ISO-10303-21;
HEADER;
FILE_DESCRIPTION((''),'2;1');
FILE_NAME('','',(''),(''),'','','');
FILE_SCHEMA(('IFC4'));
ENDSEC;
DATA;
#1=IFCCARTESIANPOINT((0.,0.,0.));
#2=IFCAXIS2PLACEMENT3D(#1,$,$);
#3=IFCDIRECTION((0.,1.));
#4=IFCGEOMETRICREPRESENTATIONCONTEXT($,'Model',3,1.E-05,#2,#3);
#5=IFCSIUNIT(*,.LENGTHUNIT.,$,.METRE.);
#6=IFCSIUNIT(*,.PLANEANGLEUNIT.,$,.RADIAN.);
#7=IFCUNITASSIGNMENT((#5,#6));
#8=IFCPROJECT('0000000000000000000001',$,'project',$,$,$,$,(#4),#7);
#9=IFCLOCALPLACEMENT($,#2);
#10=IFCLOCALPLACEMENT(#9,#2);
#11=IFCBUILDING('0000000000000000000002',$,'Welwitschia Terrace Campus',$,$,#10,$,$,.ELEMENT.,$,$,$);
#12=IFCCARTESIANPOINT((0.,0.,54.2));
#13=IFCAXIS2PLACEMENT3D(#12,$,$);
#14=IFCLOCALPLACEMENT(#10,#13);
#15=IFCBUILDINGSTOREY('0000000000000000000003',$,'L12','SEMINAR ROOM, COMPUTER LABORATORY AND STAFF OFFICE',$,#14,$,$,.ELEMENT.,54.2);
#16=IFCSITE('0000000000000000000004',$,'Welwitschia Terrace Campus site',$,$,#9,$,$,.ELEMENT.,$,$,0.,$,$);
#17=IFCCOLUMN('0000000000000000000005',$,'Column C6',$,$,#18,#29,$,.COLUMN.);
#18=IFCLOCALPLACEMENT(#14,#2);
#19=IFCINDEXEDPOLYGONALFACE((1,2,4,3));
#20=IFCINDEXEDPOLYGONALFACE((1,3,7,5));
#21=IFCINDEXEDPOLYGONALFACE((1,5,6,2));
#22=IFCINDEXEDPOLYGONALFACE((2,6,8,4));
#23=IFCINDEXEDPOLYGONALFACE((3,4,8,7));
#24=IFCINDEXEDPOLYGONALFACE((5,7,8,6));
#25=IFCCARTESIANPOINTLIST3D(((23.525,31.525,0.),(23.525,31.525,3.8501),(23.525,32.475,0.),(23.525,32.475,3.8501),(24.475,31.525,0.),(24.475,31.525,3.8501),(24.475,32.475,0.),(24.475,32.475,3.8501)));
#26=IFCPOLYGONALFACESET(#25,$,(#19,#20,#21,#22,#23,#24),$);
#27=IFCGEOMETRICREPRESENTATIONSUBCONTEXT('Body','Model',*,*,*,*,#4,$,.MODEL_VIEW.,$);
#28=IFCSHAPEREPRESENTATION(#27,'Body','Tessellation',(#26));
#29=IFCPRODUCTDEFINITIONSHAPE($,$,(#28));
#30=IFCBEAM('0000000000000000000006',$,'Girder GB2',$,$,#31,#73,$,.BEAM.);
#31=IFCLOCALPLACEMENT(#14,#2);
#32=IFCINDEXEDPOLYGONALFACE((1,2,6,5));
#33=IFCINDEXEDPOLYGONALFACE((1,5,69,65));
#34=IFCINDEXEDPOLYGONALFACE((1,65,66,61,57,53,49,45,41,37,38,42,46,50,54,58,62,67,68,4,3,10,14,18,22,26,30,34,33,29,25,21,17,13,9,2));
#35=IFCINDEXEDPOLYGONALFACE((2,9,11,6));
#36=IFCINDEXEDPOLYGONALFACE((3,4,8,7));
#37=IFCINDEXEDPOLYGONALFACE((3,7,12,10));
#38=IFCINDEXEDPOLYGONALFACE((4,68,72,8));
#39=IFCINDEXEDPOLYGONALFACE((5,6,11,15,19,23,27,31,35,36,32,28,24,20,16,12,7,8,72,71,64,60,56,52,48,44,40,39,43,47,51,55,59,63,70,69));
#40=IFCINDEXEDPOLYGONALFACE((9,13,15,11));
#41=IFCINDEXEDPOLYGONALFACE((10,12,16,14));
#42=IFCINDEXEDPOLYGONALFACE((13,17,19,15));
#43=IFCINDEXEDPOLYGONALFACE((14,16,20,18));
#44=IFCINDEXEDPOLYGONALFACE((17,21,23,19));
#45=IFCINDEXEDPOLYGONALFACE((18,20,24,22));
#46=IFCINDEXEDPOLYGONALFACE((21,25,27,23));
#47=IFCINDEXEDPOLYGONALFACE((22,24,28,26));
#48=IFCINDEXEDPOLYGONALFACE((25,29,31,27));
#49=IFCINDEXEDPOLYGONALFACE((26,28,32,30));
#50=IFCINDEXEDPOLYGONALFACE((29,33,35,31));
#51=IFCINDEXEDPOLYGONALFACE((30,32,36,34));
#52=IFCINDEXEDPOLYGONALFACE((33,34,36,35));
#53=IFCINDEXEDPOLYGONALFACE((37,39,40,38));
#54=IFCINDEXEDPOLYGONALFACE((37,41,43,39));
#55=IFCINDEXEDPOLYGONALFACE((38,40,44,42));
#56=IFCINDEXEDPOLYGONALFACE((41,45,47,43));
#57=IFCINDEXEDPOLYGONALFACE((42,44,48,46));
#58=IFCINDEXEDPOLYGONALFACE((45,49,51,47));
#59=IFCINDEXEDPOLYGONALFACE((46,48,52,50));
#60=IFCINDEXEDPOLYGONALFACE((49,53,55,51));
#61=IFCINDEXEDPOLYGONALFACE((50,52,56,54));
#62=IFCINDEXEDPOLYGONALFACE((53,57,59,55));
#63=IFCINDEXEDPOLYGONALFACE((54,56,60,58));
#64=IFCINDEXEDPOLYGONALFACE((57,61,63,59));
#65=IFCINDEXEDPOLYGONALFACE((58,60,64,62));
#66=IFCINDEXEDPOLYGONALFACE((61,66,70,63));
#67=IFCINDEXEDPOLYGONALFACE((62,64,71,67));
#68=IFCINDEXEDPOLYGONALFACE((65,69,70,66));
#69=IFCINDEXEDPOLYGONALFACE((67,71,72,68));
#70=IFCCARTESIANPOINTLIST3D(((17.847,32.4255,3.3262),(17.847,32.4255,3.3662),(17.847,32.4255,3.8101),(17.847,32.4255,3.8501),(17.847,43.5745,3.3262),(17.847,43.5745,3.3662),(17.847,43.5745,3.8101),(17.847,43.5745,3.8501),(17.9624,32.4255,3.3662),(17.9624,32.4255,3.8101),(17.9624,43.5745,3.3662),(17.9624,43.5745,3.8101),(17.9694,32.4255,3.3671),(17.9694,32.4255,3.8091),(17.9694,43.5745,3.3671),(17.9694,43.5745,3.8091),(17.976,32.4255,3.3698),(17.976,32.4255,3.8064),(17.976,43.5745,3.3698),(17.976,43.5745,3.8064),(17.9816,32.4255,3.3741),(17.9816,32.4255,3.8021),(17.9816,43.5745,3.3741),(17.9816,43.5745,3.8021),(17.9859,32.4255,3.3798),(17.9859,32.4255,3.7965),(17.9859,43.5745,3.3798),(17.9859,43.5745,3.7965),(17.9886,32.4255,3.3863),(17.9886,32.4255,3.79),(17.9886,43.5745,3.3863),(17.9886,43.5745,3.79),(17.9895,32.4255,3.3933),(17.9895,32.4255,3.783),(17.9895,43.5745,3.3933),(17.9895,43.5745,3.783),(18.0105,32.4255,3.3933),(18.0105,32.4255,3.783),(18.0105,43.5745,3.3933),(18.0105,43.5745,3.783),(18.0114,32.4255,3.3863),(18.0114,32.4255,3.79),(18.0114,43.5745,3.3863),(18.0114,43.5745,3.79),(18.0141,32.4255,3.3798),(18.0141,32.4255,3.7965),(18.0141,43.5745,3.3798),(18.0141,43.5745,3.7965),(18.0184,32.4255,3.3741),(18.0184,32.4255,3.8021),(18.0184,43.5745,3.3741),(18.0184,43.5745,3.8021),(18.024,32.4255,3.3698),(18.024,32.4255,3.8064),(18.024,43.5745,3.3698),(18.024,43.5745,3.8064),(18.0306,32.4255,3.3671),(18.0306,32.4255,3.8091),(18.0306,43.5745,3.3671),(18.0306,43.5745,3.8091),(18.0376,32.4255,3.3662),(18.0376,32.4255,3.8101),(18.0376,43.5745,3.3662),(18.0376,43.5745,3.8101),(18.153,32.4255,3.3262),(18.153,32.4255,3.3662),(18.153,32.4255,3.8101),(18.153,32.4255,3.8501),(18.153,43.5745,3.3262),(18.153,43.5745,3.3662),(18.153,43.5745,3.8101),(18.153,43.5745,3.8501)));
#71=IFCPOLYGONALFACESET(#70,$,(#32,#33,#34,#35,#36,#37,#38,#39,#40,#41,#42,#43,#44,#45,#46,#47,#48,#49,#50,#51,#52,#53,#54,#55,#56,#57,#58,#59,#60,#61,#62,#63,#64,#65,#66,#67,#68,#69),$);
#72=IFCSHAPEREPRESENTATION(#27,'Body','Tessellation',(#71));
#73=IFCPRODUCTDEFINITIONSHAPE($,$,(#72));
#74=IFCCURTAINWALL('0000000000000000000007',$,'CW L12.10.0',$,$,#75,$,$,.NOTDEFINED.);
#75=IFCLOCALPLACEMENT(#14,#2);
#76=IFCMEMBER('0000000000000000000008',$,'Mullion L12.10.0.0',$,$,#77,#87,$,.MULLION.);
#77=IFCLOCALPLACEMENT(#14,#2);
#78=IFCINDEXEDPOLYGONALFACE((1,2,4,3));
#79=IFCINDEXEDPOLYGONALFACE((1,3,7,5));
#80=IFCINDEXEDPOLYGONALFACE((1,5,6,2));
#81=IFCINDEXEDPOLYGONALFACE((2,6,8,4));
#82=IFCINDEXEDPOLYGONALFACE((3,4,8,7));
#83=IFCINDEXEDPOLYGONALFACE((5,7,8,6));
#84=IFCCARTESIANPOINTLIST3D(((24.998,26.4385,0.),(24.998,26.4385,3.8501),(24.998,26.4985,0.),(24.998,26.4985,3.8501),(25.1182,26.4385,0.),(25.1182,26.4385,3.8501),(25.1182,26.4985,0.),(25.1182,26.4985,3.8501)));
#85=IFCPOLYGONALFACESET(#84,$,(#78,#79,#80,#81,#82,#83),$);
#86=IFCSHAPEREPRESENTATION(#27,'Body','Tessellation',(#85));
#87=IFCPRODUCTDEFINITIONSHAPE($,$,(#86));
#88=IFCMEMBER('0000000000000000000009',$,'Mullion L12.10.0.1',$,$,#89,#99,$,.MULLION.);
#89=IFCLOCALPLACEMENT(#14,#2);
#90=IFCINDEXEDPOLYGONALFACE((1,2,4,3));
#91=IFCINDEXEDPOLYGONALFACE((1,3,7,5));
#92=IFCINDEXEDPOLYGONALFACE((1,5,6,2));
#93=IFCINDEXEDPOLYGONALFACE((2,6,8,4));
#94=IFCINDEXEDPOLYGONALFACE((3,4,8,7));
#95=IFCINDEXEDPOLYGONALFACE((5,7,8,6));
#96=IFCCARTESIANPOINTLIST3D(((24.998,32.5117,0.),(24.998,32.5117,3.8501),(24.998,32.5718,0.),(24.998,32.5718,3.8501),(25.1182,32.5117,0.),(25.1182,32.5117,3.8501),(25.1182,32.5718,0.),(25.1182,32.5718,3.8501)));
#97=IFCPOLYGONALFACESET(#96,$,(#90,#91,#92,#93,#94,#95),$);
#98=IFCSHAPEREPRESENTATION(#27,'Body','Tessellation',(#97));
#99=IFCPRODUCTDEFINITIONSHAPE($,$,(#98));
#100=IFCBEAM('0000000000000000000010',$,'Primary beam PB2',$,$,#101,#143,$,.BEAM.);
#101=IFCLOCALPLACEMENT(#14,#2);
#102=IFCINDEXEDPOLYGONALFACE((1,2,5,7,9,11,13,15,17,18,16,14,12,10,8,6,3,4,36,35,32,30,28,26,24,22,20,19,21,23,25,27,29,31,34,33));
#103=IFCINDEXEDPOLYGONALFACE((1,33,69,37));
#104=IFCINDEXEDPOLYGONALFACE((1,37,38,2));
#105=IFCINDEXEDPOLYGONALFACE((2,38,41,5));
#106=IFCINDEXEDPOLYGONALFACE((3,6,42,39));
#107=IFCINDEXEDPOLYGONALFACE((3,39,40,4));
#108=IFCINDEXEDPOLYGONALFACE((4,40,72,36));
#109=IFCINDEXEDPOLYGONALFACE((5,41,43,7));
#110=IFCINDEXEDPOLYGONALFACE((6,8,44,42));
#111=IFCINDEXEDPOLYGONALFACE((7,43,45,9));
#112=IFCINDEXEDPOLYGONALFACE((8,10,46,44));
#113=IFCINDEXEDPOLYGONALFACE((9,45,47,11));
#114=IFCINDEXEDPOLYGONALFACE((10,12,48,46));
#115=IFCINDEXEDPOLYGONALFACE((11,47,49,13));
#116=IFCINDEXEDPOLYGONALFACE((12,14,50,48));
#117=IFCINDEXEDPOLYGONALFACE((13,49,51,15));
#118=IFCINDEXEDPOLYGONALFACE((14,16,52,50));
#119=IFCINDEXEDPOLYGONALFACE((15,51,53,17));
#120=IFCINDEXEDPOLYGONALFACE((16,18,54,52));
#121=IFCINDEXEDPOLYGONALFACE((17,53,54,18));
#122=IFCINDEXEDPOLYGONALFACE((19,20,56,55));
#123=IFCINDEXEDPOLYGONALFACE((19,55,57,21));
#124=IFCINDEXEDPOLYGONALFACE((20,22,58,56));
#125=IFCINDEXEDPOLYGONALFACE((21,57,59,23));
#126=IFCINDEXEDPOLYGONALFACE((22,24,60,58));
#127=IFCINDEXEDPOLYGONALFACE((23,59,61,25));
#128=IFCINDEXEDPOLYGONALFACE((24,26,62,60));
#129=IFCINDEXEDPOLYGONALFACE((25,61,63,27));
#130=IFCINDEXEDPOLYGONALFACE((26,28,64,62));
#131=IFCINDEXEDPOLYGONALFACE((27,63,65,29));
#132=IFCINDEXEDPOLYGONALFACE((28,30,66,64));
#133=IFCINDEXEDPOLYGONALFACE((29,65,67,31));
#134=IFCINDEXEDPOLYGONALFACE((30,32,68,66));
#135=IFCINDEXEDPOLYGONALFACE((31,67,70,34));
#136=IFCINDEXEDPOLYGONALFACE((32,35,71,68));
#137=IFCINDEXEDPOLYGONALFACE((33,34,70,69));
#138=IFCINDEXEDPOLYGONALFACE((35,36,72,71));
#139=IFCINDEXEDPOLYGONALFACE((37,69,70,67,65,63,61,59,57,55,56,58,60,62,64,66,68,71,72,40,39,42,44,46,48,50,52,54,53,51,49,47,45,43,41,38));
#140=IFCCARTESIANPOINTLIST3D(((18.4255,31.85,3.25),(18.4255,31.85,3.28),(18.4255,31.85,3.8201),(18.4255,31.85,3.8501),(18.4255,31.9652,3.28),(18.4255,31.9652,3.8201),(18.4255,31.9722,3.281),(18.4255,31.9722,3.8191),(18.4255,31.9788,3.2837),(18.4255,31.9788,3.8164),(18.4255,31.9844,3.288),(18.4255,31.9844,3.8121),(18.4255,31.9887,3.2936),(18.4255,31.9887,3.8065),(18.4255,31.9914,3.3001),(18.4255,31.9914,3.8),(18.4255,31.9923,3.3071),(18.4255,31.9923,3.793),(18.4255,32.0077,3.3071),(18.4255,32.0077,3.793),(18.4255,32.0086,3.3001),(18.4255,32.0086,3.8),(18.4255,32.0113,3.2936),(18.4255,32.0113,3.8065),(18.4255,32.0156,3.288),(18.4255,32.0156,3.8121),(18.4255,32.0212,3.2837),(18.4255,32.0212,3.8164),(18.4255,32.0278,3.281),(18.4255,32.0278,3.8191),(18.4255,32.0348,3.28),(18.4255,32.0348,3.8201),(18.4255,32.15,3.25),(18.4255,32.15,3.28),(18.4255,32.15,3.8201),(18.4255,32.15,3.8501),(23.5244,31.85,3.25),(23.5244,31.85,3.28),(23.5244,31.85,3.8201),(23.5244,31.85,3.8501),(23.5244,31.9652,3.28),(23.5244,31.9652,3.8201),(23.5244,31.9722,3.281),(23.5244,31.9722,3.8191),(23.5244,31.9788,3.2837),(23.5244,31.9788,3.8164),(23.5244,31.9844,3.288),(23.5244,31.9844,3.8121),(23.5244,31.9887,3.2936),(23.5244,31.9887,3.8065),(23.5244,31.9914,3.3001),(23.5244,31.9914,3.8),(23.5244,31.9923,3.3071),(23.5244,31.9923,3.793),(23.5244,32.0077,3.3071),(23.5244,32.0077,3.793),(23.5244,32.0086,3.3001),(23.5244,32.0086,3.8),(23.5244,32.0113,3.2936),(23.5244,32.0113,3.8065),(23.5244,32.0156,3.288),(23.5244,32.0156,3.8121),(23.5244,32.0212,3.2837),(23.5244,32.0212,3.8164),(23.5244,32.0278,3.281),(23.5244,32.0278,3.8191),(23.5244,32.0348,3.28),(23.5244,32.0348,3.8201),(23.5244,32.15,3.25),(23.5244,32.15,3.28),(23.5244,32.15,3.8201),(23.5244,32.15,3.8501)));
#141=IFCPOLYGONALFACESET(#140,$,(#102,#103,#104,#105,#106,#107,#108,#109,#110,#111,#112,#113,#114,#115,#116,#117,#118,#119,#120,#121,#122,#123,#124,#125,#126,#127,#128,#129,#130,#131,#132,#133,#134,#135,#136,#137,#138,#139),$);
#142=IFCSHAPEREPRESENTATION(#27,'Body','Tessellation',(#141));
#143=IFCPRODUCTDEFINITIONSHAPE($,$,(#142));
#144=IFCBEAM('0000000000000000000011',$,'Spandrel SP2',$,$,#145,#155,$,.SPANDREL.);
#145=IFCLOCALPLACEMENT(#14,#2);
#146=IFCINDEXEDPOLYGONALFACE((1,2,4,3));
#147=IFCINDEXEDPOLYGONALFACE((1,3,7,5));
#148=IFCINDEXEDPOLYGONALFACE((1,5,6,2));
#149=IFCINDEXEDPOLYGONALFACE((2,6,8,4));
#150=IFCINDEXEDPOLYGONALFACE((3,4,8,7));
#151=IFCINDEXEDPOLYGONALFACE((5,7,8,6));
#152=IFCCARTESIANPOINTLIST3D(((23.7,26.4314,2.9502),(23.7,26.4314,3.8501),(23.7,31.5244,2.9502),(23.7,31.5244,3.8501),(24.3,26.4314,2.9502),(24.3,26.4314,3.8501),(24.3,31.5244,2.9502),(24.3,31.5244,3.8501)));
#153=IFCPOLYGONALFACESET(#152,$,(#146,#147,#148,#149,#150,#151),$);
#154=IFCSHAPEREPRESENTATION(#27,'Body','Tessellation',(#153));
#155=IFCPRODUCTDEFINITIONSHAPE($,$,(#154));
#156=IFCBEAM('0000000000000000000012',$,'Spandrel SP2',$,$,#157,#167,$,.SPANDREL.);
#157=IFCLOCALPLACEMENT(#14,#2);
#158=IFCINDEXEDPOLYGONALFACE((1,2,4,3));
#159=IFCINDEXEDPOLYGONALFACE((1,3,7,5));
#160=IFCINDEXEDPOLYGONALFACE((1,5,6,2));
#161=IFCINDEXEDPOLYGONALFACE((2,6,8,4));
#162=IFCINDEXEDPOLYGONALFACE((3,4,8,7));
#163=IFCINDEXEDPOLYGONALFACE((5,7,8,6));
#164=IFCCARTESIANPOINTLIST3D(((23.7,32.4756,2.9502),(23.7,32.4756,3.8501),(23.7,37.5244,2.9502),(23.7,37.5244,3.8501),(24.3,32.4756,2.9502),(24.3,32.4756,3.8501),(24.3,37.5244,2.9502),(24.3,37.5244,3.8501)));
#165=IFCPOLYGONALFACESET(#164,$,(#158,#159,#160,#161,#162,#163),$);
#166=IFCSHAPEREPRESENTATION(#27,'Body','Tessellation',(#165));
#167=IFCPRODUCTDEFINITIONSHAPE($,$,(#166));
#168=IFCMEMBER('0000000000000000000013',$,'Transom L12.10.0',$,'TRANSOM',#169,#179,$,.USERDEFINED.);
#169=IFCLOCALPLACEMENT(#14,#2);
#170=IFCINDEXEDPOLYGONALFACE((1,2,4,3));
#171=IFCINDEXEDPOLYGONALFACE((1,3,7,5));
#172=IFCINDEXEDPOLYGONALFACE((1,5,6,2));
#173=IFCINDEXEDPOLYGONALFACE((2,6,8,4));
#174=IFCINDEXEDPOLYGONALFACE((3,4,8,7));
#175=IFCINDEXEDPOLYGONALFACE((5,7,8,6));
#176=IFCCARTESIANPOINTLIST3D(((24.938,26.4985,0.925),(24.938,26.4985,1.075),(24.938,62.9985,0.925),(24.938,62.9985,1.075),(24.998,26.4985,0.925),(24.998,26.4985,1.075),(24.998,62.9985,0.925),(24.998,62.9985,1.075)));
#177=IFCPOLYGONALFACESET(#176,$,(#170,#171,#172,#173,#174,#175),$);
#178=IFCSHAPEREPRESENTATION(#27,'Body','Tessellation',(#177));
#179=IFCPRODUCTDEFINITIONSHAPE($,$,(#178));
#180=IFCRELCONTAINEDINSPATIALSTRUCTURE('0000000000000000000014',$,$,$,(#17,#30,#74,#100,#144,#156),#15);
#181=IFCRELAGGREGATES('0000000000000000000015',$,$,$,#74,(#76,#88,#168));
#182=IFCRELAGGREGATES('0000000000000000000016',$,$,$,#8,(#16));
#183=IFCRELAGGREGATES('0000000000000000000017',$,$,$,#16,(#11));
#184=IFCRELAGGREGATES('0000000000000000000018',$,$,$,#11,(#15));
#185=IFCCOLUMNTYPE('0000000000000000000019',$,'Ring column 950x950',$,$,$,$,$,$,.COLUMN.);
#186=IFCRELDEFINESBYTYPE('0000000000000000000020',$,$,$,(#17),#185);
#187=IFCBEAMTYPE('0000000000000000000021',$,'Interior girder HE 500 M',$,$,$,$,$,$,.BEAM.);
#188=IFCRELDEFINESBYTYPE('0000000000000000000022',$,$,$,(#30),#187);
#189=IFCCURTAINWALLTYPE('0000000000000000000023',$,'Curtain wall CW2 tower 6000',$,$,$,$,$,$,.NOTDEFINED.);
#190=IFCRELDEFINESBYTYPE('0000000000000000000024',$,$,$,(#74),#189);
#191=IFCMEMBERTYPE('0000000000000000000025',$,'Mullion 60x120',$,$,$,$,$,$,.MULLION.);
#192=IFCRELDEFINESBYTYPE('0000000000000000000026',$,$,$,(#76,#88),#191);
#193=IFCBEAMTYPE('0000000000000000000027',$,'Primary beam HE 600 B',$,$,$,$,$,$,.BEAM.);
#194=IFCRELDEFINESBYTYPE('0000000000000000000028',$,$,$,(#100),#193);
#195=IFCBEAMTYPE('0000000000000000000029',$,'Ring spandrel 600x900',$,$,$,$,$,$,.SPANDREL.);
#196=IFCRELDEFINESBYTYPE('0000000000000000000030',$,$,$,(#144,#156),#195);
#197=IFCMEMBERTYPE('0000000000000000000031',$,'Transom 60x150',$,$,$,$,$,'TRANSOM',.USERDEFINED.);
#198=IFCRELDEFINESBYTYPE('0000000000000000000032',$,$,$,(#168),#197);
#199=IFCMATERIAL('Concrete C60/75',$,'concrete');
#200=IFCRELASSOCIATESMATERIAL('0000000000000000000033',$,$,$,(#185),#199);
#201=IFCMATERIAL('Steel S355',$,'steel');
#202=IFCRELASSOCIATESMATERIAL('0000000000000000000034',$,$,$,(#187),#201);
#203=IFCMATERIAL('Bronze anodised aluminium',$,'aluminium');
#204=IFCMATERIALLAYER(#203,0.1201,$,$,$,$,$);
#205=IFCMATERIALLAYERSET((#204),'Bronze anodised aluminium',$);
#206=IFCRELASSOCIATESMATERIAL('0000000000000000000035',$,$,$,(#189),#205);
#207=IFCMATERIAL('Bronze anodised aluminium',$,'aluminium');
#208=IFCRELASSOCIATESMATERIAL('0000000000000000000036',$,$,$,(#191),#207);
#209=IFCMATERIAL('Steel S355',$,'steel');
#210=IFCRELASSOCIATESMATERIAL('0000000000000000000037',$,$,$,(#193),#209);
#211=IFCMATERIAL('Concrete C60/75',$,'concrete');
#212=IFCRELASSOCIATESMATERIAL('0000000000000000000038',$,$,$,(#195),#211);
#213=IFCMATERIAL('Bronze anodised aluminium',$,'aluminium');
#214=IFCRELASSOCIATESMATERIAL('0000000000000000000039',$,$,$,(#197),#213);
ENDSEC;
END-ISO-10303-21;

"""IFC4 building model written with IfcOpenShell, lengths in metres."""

from ifc_helpers import new_model, si_unit, direction, frame, origin, origin_2d, place, context, subcontext, project, spatial, rectangle, i_section, extrude, material, layer, layer_set, material_profile, profile_set, type_object, element, aggregate, save


model = new_model("IFC4")

# Units and contexts
model_context = context("Model", 3, precision=1e-05, world=origin(), true_north=direction((0.0, 1.0)))
body_context = subcontext(model_context, "Body", "Model", "MODEL_VIEW")
ifc_project = project(units=[si_unit("LENGTHUNIT", "METRE"), si_unit("PLANEANGLEUNIT", "RADIAN")], contexts=[model_context])

# Site, building, storey
site_placement = place(None, origin())
site = spatial("IfcSite", under=ifc_project, at=site_placement, Name="Welwitschia Terrace Campus site", CompositionType="ELEMENT", RefElevation=0.0)
building_placement = place(site_placement, origin())
building = spatial("IfcBuilding", under=site, at=building_placement, Name="Welwitschia Terrace Campus", CompositionType="ELEMENT")
storey_placement = place(building_placement, frame((0.0, 0.0, 54.2)))
storey = spatial("IfcBuildingStorey", under=building, at=storey_placement, Name="L12", Description="SEMINAR ROOM, COMPUTER LABORATORY AND STAFF OFFICE", CompositionType="ELEMENT", Elevation=54.2)

# Column
ifc_material_1 = material(Name="Concrete C60/75", Category="concrete")
ifc_material_profile_1 = material_profile(ifc_material_1, rectangle(XDim=0.95, YDim=0.95, at=origin_2d()))
ifc_profile_set_1 = profile_set([ifc_material_profile_1], Name="Concrete C60/75")
column_type = type_object("IfcColumnType", Name="Ring column 950x950", PredefinedType="COLUMN", material=ifc_profile_set_1)
column_placement = place(storey_placement, frame((24.0, 32.0, 0.0), z_axis=(0.0, 0.0, 1.0), x_axis=(1.0, 0.0, 0.0)))
element("IfcColumn", 1, at=column_placement, inside=storey, type_object=column_type, Name="Column C6", PredefinedType="COLUMN", context=body_context, shape_type="SweptSolid", body=[
    extrude(rectangle(XDim=0.95, YDim=0.95, at=origin_2d()), origin(), (0.0, 0.0, 1.0), 3.8501),
])

# Beam
ifc_material_2 = material(Name="Steel S355", Category="steel")
ifc_material_profile_2 = material_profile(ifc_material_2, i_section(OverallWidth=0.3059, OverallDepth=0.5239, WebThickness=0.021, FlangeThickness=0.04, FilletRadius=0.0271, at=origin_2d()))
ifc_profile_set_2 = profile_set([ifc_material_profile_2], Name="Steel S355")
beam_type_1 = type_object("IfcBeamType", Name="Interior girder HE 500 M", PredefinedType="BEAM", material=ifc_profile_set_2)
beam_1_placement = place(storey_placement, frame((18.0, 32.4255, 3.5881), z_axis=(0.0, 1.0, 0.0), x_axis=(-1.0, 0.0, 0.0)))
element("IfcBeam", 2, at=beam_1_placement, inside=storey, type_object=beam_type_1, Name="Girder GB2", PredefinedType="BEAM", context=body_context, shape_type="SweptSolid", body=[
    extrude(i_section(OverallWidth=0.3059, OverallDepth=0.5239, WebThickness=0.021, FlangeThickness=0.04, FilletRadius=0.0271, at=origin_2d()), origin(), (0.0, 0.0, 1.0), 11.1489),
])

# Curtain wall, members
ifc_material_3 = material(Name="Bronze anodised aluminium", Category="aluminium")
ifc_layer_1 = layer(ifc_material_3, 0.1201)
ifc_layer_set_1 = layer_set([ifc_layer_1], Name="Bronze anodised aluminium")
curtain_wall_type = type_object("IfcCurtainWallType", Name="Curtain wall CW2 tower 6000", PredefinedType="NOTDEFINED", material=ifc_layer_set_1)
curtain_wall_placement = place(storey_placement, origin())
curtain_wall = element("IfcCurtainWall", 3, at=curtain_wall_placement, inside=storey, type_object=curtain_wall_type, Name="CW L12.10.0", PredefinedType="NOTDEFINED")
ifc_material_4 = material(Name="Bronze anodised aluminium", Category="aluminium")
ifc_material_profile_3 = material_profile(ifc_material_4, rectangle(XDim=0.1201, YDim=0.0601, at=origin_2d()))
ifc_profile_set_3 = profile_set([ifc_material_profile_3], Name="Bronze anodised aluminium")
member_type_1 = type_object("IfcMemberType", Name="Mullion 60x120", PredefinedType="MULLION", material=ifc_profile_set_3)
member_1_placement = place(storey_placement, frame((25.0581, 26.4685, 0.0), z_axis=(0.0, 0.0, 1.0), x_axis=(-1.0, 0.0, 0.0)))
member_1 = element("IfcMember", 4, at=member_1_placement, type_object=member_type_1, Name="Mullion L12.10.0.0", PredefinedType="MULLION", context=body_context, shape_type="SweptSolid", body=[
    extrude(rectangle(XDim=0.1201, YDim=0.0601, at=origin_2d()), origin(), (0.0, 0.0, 1.0), 3.8501),
])
member_2_placement = place(storey_placement, frame((25.0581, 32.5417, 0.0), z_axis=(0.0, 0.0, 1.0), x_axis=(-1.0, 0.0, 0.0)))
member_2 = element("IfcMember", 5, at=member_2_placement, type_object=member_type_1, Name="Mullion L12.10.0.1", PredefinedType="MULLION", context=body_context, shape_type="SweptSolid", body=[
    extrude(rectangle(XDim=0.1201, YDim=0.0601, at=origin_2d()), origin(), (0.0, 0.0, 1.0), 3.8501),
])

# Beams
ifc_material_5 = material(Name="Steel S355", Category="steel")
ifc_material_profile_4 = material_profile(ifc_material_5, i_section(OverallWidth=0.3, OverallDepth=0.6001, WebThickness=0.0154, FlangeThickness=0.03, FilletRadius=0.0271, at=origin_2d()))
ifc_profile_set_4 = profile_set([ifc_material_profile_4], Name="Steel S355")
beam_type_2 = type_object("IfcBeamType", Name="Primary beam HE 600 B", PredefinedType="BEAM", material=ifc_profile_set_4)
beam_2_placement = place(storey_placement, frame((23.5244, 32.0, 3.55), z_axis=(-1.0, 0.0, 0.0), x_axis=(0.0, -1.0, 0.0)))
element("IfcBeam", 6, at=beam_2_placement, inside=storey, type_object=beam_type_2, Name="Primary beam PB2", PredefinedType="BEAM", context=body_context, shape_type="SweptSolid", body=[
    extrude(i_section(OverallWidth=0.3, OverallDepth=0.6001, WebThickness=0.0154, FlangeThickness=0.03, FilletRadius=0.0271, at=origin_2d()), origin(), (0.0, 0.0, 1.0), 5.0989),
])
ifc_material_6 = material(Name="Concrete C60/75", Category="concrete")
ifc_material_profile_5 = material_profile(ifc_material_6, rectangle(XDim=0.6001, YDim=0.8999, at=origin_2d()))
ifc_profile_set_5 = profile_set([ifc_material_profile_5], Name="Concrete C60/75")
beam_type_3 = type_object("IfcBeamType", Name="Ring spandrel 600x900", PredefinedType="SPANDREL", material=ifc_profile_set_5)
beam_3_placement = place(storey_placement, frame((24.0, 26.4314, 3.4001), z_axis=(0.0, 1.0, 0.0), x_axis=(-1.0, 0.0, 0.0)))
element("IfcBeam", 7, at=beam_3_placement, inside=storey, type_object=beam_type_3, Name="Spandrel SP2", PredefinedType="SPANDREL", context=body_context, shape_type="SweptSolid", body=[
    extrude(rectangle(XDim=0.6001, YDim=0.8999, at=origin_2d()), origin(), (0.0, 0.0, 1.0), 5.093),
])
beam_4_placement = place(storey_placement, frame((24.0, 32.4756, 3.4001), z_axis=(0.0, 1.0, 0.0), x_axis=(-1.0, 0.0, 0.0)))
element("IfcBeam", 8, at=beam_4_placement, inside=storey, type_object=beam_type_3, Name="Spandrel SP2", PredefinedType="SPANDREL", context=body_context, shape_type="SweptSolid", body=[
    extrude(rectangle(XDim=0.6001, YDim=0.8999, at=origin_2d()), origin(), (0.0, 0.0, 1.0), 5.0488),
])

# Member
ifc_material_7 = material(Name="Bronze anodised aluminium", Category="aluminium")
ifc_material_profile_6 = material_profile(ifc_material_7, rectangle(XDim=0.0601, YDim=0.1499, at=origin_2d()))
ifc_profile_set_6 = profile_set([ifc_material_profile_6], Name="Bronze anodised aluminium")
member_type_2 = type_object("IfcMemberType", Name="Transom 60x150", ElementType="TRANSOM", PredefinedType="USERDEFINED", material=ifc_profile_set_6)
member_3_placement = place(storey_placement, frame((24.968, 26.4985, 1.0), z_axis=(0.0, 1.0, 0.0), x_axis=(-1.0, 0.0, 0.0)))
member_3 = element("IfcMember", 9, at=member_3_placement, type_object=member_type_2, Name="Transom L12.10.0", ObjectType="TRANSOM", PredefinedType="USERDEFINED", context=body_context, shape_type="SweptSolid", body=[
    extrude(rectangle(XDim=0.0601, YDim=0.1499, at=origin_2d()), origin(), (0.0, 0.0, 1.0), 36.5),
])

aggregate(curtain_wall, [member_1, member_2, member_3])

save(model, "model.ifc")
